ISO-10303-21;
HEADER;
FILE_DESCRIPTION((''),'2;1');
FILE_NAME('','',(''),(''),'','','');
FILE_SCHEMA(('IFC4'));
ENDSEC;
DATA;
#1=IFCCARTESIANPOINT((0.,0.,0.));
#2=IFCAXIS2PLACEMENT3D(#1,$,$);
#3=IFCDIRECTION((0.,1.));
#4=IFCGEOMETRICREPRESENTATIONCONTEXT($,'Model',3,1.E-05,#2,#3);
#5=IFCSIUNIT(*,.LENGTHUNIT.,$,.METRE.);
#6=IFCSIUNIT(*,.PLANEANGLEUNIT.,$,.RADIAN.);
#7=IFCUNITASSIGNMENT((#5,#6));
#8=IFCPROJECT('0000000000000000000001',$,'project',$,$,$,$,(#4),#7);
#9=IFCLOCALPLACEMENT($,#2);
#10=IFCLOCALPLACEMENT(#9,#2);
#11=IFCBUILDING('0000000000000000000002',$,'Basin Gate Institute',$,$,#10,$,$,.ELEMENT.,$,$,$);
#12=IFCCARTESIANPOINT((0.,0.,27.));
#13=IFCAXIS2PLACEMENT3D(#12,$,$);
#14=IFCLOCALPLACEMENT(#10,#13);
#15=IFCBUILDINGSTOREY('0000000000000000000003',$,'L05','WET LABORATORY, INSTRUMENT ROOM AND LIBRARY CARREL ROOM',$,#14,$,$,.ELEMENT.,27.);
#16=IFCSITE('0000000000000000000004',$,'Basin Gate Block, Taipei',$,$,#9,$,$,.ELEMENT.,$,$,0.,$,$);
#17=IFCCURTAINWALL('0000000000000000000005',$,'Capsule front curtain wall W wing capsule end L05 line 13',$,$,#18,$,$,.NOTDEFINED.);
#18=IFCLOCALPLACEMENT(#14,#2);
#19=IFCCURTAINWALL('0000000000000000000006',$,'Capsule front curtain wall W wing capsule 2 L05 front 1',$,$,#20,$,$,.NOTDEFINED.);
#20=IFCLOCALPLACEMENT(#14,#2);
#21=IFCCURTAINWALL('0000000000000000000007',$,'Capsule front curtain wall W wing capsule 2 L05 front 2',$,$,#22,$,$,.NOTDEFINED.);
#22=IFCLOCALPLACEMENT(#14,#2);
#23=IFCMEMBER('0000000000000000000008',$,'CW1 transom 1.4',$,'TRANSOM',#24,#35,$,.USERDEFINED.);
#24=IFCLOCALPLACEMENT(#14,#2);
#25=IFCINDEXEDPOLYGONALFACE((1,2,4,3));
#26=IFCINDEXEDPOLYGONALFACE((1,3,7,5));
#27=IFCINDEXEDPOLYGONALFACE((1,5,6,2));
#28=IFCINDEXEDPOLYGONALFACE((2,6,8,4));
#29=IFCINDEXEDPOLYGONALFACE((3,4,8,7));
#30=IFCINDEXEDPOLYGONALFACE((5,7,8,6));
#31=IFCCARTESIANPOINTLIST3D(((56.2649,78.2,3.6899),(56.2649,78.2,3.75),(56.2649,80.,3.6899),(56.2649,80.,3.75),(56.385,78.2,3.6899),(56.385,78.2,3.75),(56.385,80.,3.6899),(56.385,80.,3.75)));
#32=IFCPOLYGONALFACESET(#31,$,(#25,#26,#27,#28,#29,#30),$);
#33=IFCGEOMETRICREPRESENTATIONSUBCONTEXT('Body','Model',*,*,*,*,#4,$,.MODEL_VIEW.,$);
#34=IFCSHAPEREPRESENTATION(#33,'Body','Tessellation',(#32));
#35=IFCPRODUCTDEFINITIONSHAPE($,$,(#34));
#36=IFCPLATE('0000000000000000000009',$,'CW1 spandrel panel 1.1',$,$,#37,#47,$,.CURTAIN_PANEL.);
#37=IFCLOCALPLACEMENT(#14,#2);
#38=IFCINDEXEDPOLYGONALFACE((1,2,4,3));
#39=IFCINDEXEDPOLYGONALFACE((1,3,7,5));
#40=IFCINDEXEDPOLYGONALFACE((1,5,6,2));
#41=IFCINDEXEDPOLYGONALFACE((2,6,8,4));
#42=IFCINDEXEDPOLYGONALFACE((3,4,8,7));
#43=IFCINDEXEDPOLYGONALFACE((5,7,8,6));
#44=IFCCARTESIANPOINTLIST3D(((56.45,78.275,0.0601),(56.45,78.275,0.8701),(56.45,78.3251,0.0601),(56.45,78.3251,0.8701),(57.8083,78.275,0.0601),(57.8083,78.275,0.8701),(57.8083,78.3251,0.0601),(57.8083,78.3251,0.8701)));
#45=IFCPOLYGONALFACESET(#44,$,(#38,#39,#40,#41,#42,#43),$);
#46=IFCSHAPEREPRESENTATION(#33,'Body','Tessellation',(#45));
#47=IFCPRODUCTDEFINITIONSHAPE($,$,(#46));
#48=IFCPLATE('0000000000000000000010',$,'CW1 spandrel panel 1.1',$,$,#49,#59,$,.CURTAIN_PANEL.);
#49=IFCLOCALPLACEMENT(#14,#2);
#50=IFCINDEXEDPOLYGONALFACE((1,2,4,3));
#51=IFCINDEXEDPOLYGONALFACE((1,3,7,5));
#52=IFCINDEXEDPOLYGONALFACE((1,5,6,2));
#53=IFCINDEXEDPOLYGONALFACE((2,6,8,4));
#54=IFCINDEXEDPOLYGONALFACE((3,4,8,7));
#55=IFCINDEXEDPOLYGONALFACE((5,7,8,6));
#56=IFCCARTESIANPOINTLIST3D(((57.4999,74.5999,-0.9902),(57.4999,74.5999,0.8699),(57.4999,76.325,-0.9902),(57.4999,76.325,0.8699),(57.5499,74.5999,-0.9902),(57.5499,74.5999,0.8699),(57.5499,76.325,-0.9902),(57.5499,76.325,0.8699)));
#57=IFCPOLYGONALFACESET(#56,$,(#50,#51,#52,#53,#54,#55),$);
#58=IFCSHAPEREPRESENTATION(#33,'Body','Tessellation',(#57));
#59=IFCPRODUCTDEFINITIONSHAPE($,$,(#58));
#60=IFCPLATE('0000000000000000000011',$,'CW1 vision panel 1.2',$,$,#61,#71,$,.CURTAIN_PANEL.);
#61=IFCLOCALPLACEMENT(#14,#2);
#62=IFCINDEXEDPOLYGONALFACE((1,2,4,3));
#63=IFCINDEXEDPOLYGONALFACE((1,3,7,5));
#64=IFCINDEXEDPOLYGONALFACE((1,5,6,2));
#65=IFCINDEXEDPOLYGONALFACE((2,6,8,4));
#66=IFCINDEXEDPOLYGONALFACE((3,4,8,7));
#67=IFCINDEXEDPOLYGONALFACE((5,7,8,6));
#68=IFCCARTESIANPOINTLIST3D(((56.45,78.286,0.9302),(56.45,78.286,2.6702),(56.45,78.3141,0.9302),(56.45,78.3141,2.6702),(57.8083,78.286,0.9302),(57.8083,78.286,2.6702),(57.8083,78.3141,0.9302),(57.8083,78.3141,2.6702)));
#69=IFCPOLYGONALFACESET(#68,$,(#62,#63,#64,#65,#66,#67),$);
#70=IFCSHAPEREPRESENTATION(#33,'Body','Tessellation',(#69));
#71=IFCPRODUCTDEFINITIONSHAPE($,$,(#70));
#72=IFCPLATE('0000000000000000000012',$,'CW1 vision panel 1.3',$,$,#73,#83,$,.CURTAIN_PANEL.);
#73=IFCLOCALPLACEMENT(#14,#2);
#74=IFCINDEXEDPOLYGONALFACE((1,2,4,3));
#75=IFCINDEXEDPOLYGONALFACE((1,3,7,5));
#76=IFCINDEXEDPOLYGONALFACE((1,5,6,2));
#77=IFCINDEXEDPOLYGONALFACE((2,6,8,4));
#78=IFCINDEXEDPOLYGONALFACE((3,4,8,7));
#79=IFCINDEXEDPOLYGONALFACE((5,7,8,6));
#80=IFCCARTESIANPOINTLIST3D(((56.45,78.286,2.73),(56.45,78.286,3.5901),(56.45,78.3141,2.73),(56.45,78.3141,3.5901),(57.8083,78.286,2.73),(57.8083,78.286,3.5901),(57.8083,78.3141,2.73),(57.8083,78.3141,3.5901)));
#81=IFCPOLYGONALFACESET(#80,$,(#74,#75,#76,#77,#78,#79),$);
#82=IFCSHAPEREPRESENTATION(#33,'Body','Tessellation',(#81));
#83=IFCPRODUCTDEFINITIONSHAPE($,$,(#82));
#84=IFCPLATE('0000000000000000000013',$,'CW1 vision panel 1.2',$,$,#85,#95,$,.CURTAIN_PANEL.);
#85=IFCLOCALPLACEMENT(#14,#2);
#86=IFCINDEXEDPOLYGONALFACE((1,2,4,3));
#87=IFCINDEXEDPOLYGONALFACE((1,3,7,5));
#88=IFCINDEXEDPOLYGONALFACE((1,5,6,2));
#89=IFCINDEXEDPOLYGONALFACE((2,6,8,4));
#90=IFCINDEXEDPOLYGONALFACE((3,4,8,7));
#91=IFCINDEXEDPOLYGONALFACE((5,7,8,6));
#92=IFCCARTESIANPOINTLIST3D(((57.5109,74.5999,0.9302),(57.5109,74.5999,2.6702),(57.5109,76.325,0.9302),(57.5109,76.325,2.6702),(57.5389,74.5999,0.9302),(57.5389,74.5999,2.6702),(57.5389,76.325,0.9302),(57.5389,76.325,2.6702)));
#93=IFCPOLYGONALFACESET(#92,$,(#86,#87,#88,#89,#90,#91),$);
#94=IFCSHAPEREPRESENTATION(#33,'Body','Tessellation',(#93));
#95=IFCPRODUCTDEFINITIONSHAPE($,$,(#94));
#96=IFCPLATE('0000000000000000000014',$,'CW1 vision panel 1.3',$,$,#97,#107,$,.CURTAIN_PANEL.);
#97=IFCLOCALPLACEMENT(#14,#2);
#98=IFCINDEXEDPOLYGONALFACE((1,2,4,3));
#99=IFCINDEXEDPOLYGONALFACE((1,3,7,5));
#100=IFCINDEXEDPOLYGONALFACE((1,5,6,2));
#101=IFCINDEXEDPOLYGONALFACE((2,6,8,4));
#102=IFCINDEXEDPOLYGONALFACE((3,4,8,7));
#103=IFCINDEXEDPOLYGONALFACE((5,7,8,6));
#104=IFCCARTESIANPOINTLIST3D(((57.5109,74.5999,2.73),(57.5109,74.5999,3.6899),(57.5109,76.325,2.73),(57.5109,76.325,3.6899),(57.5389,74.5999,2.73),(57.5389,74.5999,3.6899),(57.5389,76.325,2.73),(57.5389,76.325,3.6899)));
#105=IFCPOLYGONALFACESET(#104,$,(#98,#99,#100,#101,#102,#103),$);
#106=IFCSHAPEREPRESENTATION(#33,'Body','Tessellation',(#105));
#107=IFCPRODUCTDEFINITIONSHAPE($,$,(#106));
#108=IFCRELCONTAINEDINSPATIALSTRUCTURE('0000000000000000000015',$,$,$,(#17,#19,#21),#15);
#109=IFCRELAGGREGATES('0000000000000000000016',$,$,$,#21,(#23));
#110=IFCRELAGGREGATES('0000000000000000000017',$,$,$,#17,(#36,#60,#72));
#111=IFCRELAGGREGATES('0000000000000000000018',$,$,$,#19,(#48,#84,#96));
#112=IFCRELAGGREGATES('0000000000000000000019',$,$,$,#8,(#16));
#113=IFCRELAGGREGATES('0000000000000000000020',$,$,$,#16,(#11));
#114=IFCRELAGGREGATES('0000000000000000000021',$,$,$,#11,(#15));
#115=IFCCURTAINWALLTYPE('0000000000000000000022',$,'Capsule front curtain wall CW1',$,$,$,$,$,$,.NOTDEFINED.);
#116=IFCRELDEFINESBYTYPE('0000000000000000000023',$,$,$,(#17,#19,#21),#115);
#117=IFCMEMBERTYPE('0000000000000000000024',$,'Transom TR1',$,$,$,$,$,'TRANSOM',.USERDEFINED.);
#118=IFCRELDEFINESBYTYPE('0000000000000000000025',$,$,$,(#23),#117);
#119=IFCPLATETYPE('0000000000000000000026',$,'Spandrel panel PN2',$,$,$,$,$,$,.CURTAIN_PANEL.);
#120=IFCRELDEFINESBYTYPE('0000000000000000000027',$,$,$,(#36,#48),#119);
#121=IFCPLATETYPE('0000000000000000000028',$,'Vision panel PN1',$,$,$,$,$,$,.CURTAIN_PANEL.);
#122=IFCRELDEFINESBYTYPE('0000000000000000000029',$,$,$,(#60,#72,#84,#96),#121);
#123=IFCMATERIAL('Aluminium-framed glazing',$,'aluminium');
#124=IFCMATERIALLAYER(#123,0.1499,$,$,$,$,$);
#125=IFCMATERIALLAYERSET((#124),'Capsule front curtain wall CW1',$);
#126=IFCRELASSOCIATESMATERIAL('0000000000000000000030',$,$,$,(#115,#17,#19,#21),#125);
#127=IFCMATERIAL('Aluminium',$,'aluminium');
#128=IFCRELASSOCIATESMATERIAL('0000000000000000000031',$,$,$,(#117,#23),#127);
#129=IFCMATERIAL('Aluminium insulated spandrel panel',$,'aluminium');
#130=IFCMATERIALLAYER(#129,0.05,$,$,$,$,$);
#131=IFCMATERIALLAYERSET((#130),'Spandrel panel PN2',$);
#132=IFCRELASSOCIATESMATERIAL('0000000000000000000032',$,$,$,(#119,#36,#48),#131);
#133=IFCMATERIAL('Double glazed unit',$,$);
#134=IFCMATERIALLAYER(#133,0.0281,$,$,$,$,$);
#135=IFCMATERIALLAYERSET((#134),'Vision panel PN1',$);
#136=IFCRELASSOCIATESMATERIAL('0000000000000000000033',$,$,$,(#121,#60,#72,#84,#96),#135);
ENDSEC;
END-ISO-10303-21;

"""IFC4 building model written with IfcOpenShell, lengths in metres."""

from ifc_helpers import new_model, si_unit, direction, frame, origin, origin_2d, place, context, subcontext, project, spatial, rectangle, extrude, material, layer, layer_set, material_profile, profile_set, type_object, element, aggregate, save


model = new_model("IFC4")

# Units and contexts
model_context = context("Model", 3, precision=1e-05, world=origin(), true_north=direction((0.0, 1.0)))
body_context = subcontext(model_context, "Body", "Model", "MODEL_VIEW")
ifc_project = project(units=[si_unit("LENGTHUNIT", "METRE"), si_unit("PLANEANGLEUNIT", "RADIAN")], contexts=[model_context])

# Site, building, storey
site_placement = place(None, origin())
site = spatial("IfcSite", under=ifc_project, at=site_placement, Name="Basin Gate Block, Taipei", CompositionType="ELEMENT", RefElevation=0.0)
building_placement = place(site_placement, origin())
building = spatial("IfcBuilding", under=site, at=building_placement, Name="Basin Gate Institute", CompositionType="ELEMENT")
storey_placement = place(building_placement, frame((0.0, 0.0, 27.0)))
storey = spatial("IfcBuildingStorey", under=building, at=storey_placement, Name="L05", Description="WET LABORATORY, INSTRUMENT ROOM AND LIBRARY CARREL ROOM", CompositionType="ELEMENT", Elevation=27.0)

# Curtain walls
ifc_material_1 = material(Name="Aluminium-framed glazing", Category="aluminium")
ifc_layer_1 = layer(ifc_material_1, 0.1499)
ifc_layer_set_1 = layer_set([ifc_layer_1], Name="Capsule front curtain wall CW1")
curtain_wall_type = type_object("IfcCurtainWallType", Name="Capsule front curtain wall CW1", PredefinedType="NOTDEFINED", material=ifc_layer_set_1)
curtain_wall_1_placement = place(storey_placement, origin())
curtain_wall_1 = element("IfcCurtainWall", 1, at=curtain_wall_1_placement, inside=storey, type_object=curtain_wall_type, material=ifc_layer_set_1, Name="Capsule front curtain wall W wing capsule end L05 line 13", PredefinedType="NOTDEFINED")
curtain_wall_2_placement = place(storey_placement, origin())
curtain_wall_2 = element("IfcCurtainWall", 2, at=curtain_wall_2_placement, inside=storey, type_object=curtain_wall_type, material=ifc_layer_set_1, Name="Capsule front curtain wall W wing capsule 2 L05 front 1", PredefinedType="NOTDEFINED")
curtain_wall_3_placement = place(storey_placement, origin())
curtain_wall_3 = element("IfcCurtainWall", 3, at=curtain_wall_3_placement, inside=storey, type_object=curtain_wall_type, material=ifc_layer_set_1, Name="Capsule front curtain wall W wing capsule 2 L05 front 2", PredefinedType="NOTDEFINED")

# Member
ifc_material_2 = material(Name="Aluminium", Category="aluminium")
ifc_material_profile_1 = material_profile(ifc_material_2, rectangle(XDim=0.1201, YDim=0.0601, at=origin_2d()), Name="Transom TR1 120 x 60")
ifc_profile_set_1 = profile_set([ifc_material_profile_1], Name="Aluminium")
member_type_1 = type_object("IfcMemberType", Name="Transom TR1", ElementType="TRANSOM", PredefinedType="USERDEFINED", material=ifc_profile_set_1)
member_1_placement = place(storey_placement, frame((56.325, 78.2, 3.72), z_axis=(0.0, 1.0, 0.0), x_axis=(-1.0, 0.0, 0.0)))
member_1 = element("IfcMember", 4, at=member_1_placement, type_object=member_type_1, material=ifc_profile_set_1, Name="CW1 transom 1.4", ObjectType="TRANSOM", PredefinedType="USERDEFINED", context=body_context, shape_type="SweptSolid", body=[
    extrude(rectangle(XDim=0.1201, YDim=0.0601, at=origin_2d()), origin(), (0.0, 0.0, 1.0), 1.8),
])
aggregate(curtain_wall_3, [member_1])

# Plates
ifc_material_3 = material(Name="Aluminium insulated spandrel panel", Category="aluminium")
ifc_layer_2 = layer(ifc_material_3, 0.05)
ifc_layer_set_2 = layer_set([ifc_layer_2], Name="Spandrel panel PN2")
plate_type_1 = type_object("IfcPlateType", Name="Spandrel panel PN2", PredefinedType="CURTAIN_PANEL", material=ifc_layer_set_2)
plate_1_placement = place(storey_placement, frame((57.1292, 78.3, 0.0601), z_axis=(0.0, 0.0, 1.0), x_axis=(1.0, 0.0, 0.0)))
plate_1 = element("IfcPlate", 5, at=plate_1_placement, type_object=plate_type_1, material=ifc_layer_set_2, Name="CW1 spandrel panel 1.1", PredefinedType="CURTAIN_PANEL", context=body_context, shape_type="SweptSolid", body=[
    extrude(rectangle(XDim=1.3584, YDim=0.05, at=origin_2d()), origin(), (0.0, 0.0, 1.0), 0.8101),
])
plate_2_placement = place(storey_placement, frame((57.5249, 75.4624, -0.9902), z_axis=(0.0, 0.0, 1.0), x_axis=(0.0, 1.0, 0.0)))
plate_2 = element("IfcPlate", 6, at=plate_2_placement, type_object=plate_type_1, material=ifc_layer_set_2, Name="CW1 spandrel panel 1.1", PredefinedType="CURTAIN_PANEL", context=body_context, shape_type="SweptSolid", body=[
    extrude(rectangle(XDim=1.7251, YDim=0.05, at=origin_2d()), origin(), (0.0, 0.0, 1.0), 1.8601),
])
ifc_material_4 = material(Name="Double glazed unit")
ifc_layer_3 = layer(ifc_material_4, 0.0281)
ifc_layer_set_3 = layer_set([ifc_layer_3], Name="Vision panel PN1")
plate_type_2 = type_object("IfcPlateType", Name="Vision panel PN1", PredefinedType="CURTAIN_PANEL", material=ifc_layer_set_3)
plate_3_placement = place(storey_placement, frame((57.1292, 78.3, 0.9302), z_axis=(0.0, 0.0, 1.0), x_axis=(1.0, 0.0, 0.0)))
plate_3 = element("IfcPlate", 7, at=plate_3_placement, type_object=plate_type_2, material=ifc_layer_set_3, Name="CW1 vision panel 1.2", PredefinedType="CURTAIN_PANEL", context=body_context, shape_type="SweptSolid", body=[
    extrude(rectangle(XDim=1.3584, YDim=0.0281, at=origin_2d()), origin(), (0.0, 0.0, 1.0), 1.74),
])
plate_4_placement = place(storey_placement, frame((57.1292, 78.3, 2.73), z_axis=(0.0, 0.0, 1.0), x_axis=(1.0, 0.0, 0.0)))
plate_4 = element("IfcPlate", 8, at=plate_4_placement, type_object=plate_type_2, material=ifc_layer_set_3, Name="CW1 vision panel 1.3", PredefinedType="CURTAIN_PANEL", context=body_context, shape_type="SweptSolid", body=[
    extrude(rectangle(XDim=1.3584, YDim=0.0281, at=origin_2d()), origin(), (0.0, 0.0, 1.0), 0.8601),
])
aggregate(curtain_wall_1, [plate_1, plate_3, plate_4])
plate_5_placement = place(storey_placement, frame((57.5249, 75.4624, 0.9302), z_axis=(0.0, 0.0, 1.0), x_axis=(0.0, 1.0, 0.0)))
plate_5 = element("IfcPlate", 9, at=plate_5_placement, type_object=plate_type_2, material=ifc_layer_set_3, Name="CW1 vision panel 1.2", PredefinedType="CURTAIN_PANEL", context=body_context, shape_type="SweptSolid", body=[
    extrude(rectangle(XDim=1.7251, YDim=0.0281, at=origin_2d()), origin(), (0.0, 0.0, 1.0), 1.74),
])
plate_6_placement = place(storey_placement, frame((57.5249, 75.4624, 2.73), z_axis=(0.0, 0.0, 1.0), x_axis=(0.0, 1.0, 0.0)))
plate_6 = element("IfcPlate", 10, at=plate_6_placement, type_object=plate_type_2, material=ifc_layer_set_3, Name="CW1 vision panel 1.3", PredefinedType="CURTAIN_PANEL", context=body_context, shape_type="SweptSolid", body=[
    extrude(rectangle(XDim=1.7251, YDim=0.0281, at=origin_2d()), origin(), (0.0, 0.0, 1.0), 0.96),
])
aggregate(curtain_wall_2, [plate_2, plate_5, plate_6])

save(model, "model.ifc")
